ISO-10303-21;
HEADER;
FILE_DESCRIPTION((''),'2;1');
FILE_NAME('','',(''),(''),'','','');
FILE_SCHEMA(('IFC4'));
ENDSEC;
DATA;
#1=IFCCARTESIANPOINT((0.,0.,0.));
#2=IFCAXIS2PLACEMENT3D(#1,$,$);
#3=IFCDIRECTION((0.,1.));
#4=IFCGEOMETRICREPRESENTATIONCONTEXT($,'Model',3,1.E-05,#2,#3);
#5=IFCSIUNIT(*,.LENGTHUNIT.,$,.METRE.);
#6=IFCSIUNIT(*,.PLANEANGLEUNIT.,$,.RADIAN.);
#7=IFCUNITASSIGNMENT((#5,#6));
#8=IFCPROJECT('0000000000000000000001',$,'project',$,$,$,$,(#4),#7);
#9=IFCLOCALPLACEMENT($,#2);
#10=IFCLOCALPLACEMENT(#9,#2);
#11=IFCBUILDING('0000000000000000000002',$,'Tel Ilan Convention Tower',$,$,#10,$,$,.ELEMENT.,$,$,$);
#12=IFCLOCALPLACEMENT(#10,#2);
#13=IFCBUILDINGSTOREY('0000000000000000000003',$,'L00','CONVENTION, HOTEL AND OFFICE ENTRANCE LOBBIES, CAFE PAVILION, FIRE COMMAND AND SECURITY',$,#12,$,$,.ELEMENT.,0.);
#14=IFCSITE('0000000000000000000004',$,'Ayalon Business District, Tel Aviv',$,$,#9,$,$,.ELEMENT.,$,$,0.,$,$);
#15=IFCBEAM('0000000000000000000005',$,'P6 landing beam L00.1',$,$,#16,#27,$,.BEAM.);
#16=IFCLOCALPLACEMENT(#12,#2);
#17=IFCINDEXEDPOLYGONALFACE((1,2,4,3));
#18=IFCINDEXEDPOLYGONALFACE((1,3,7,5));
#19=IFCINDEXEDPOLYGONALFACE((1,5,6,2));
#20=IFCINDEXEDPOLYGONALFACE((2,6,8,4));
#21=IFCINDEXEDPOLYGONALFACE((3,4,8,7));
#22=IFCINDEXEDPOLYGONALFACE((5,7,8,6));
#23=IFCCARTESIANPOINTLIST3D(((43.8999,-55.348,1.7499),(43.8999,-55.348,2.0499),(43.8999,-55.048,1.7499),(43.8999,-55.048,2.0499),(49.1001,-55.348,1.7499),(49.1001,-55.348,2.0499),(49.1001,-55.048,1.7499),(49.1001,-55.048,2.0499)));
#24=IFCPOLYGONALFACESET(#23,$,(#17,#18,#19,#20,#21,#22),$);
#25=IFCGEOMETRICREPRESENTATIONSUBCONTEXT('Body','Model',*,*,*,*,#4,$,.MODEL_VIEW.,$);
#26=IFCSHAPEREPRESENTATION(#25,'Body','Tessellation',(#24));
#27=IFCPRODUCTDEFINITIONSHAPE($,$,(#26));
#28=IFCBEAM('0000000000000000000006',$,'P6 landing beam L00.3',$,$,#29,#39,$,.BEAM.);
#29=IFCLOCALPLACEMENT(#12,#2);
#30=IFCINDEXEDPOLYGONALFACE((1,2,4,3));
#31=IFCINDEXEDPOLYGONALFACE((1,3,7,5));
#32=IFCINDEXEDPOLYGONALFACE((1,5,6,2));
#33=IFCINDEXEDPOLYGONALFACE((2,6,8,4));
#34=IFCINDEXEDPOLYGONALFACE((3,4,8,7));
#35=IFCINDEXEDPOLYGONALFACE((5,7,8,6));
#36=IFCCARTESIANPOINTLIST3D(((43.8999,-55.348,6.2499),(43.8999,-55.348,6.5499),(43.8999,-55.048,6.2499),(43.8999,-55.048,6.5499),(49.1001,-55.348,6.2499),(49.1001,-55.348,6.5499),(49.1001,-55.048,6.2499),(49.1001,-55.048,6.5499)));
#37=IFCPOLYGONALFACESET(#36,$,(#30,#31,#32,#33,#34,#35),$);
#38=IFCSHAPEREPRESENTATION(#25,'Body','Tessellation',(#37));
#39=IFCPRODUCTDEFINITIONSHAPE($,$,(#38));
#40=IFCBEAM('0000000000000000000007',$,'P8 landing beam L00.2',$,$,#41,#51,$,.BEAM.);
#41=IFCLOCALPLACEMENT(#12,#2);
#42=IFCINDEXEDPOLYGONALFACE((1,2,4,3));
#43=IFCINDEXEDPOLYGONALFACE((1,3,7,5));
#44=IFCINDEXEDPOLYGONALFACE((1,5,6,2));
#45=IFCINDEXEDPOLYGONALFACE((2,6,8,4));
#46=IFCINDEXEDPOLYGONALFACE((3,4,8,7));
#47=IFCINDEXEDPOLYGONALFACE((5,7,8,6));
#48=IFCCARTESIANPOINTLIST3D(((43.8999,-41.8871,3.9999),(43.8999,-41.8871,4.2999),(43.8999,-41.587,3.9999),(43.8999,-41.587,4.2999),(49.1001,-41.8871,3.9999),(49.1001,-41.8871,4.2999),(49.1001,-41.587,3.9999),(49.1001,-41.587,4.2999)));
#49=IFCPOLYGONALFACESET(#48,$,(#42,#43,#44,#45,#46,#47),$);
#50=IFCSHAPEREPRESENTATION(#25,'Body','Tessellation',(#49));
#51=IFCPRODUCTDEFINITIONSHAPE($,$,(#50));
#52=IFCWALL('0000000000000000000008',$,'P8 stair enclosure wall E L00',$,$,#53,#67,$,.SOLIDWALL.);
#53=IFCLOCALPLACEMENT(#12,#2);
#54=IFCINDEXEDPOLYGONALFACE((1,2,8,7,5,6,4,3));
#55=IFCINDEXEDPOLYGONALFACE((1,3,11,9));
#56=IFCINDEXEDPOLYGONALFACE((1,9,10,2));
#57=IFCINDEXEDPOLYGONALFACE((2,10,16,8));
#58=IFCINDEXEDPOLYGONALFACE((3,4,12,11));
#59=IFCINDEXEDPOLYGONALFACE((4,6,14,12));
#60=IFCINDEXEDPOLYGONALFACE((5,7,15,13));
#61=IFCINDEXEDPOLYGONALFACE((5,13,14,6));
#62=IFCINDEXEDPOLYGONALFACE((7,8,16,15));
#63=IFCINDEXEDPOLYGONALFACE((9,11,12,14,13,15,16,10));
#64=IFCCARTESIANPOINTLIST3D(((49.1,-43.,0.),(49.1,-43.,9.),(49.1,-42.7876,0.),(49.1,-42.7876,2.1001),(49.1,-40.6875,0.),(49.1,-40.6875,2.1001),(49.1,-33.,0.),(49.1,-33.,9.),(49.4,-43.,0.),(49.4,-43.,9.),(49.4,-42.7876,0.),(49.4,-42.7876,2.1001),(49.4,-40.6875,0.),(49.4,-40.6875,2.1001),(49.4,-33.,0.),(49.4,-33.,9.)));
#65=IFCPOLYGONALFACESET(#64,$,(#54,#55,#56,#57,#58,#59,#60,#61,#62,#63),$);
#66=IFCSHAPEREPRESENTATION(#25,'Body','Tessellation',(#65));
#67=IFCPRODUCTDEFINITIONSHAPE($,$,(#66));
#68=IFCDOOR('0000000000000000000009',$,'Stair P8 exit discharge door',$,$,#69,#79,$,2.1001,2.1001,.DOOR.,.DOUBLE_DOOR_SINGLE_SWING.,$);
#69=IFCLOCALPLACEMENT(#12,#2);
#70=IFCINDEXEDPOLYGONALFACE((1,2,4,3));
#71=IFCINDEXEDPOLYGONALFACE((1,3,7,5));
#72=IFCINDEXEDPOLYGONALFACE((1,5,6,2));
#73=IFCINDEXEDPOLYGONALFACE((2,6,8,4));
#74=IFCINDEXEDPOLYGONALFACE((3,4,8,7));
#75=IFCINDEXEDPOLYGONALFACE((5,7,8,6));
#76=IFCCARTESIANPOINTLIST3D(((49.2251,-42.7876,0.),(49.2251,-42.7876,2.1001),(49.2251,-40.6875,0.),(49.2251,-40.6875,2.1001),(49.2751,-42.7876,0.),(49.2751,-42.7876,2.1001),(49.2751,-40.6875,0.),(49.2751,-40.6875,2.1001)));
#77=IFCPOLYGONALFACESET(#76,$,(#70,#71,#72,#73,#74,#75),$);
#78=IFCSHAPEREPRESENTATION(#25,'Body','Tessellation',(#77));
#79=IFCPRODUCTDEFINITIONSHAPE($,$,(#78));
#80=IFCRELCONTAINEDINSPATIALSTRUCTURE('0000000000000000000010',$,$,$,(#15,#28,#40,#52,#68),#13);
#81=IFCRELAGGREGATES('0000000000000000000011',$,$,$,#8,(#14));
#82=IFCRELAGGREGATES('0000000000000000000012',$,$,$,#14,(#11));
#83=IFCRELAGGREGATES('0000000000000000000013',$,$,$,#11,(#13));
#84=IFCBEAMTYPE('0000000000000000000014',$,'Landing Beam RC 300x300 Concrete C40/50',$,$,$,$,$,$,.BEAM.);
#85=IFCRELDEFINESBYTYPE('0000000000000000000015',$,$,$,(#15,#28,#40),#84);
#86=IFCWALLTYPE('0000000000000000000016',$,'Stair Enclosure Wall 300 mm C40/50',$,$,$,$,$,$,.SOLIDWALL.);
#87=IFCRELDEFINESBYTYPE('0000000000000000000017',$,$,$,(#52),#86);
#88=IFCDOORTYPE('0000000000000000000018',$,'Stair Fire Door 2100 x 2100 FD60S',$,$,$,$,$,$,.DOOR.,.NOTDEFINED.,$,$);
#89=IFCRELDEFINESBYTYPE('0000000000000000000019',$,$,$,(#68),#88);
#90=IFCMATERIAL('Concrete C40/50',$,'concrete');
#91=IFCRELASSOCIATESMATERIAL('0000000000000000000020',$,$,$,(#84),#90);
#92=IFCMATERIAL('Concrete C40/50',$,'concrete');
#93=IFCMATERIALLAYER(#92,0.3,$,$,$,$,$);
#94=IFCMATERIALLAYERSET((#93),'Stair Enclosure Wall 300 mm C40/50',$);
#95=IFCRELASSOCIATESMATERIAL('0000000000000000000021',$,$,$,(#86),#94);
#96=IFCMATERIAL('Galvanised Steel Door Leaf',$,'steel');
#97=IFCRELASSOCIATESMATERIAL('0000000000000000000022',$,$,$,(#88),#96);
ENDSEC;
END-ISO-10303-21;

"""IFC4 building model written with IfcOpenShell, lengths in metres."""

from ifc_helpers import new_model, si_unit, direction, frame, frame_2d, origin, origin_2d, place, context, subcontext, project, spatial, rectangle, extrude, material, layer, layer_set, material_profile, profile_set, type_object, element, fill, save


model = new_model("IFC4")

# Units and contexts
model_context = context("Model", 3, precision=1e-05, world=origin(), true_north=direction((0.0, 1.0)))
body_context = subcontext(model_context, "Body", "Model", "MODEL_VIEW")
ifc_project = project(units=[si_unit("LENGTHUNIT", "METRE"), si_unit("PLANEANGLEUNIT", "RADIAN")], contexts=[model_context])

# Site, building, storey
site_placement = place(None, origin())
site = spatial("IfcSite", under=ifc_project, at=site_placement, Name="Ayalon Business District, Tel Aviv", CompositionType="ELEMENT", RefElevation=0.0)
building_placement = place(site_placement, origin())
building = spatial("IfcBuilding", under=site, at=building_placement, Name="Tel Ilan Convention Tower", CompositionType="ELEMENT")
storey_placement = place(building_placement, origin())
storey = spatial("IfcBuildingStorey", under=building, at=storey_placement, Name="L00", Description="CONVENTION, HOTEL AND OFFICE ENTRANCE LOBBIES, CAFE PAVILION, FIRE COMMAND AND SECURITY", CompositionType="ELEMENT", Elevation=0.0)

# Beams
ifc_material_1 = material(Name="Concrete C40/50", Category="concrete")
ifc_material_profile = material_profile(ifc_material_1, rectangle(XDim=0.3, YDim=0.3, at=origin_2d()), Name="RC 300x300")
ifc_profile_set = profile_set([ifc_material_profile], Name="Concrete C40/50")
beam_type = type_object("IfcBeamType", Name="Landing Beam RC 300x300 Concrete C40/50", PredefinedType="BEAM", material=ifc_profile_set)
for number, where, z_axis, x_axis, name in (
    (1, (49.1001, -55.198, 1.8999), (-1.0, 0.0, 0.0), (0.0, -1.0, 0.0), "P6 landing beam L00.1"),
    (2, (49.1001, -55.198, 6.3999), (-1.0, 0.0, 0.0), (0.0, -1.0, 0.0), "P6 landing beam L00.3"),
    (3, (49.1001, -41.7371, 4.1499), (-1.0, 0.0, 0.0), (0.0, -1.0, 0.0), "P8 landing beam L00.2"),
):
    element("IfcBeam", number, at=place(storey_placement, frame(where, z_axis=z_axis, x_axis=x_axis)), inside=storey, type_object=beam_type, Name=name, PredefinedType="BEAM", context=body_context, shape_type="SweptSolid", body=[
        extrude(rectangle(XDim=0.3, YDim=0.3, at=origin_2d()), origin(), (0.0, 0.0, 1.0), 5.2002),
    ])

# Wall, opening, door
ifc_material_2 = material(Name="Concrete C40/50", Category="concrete")
ifc_layer = layer(ifc_material_2, 0.3)
ifc_layer_set = layer_set([ifc_layer], Name="Stair Enclosure Wall 300 mm C40/50")
wall_type = type_object("IfcWallType", Name="Stair Enclosure Wall 300 mm C40/50", PredefinedType="SOLIDWALL", material=ifc_layer_set)
wall_placement = place(storey_placement, frame((49.25, -43.0, 0.0), z_axis=(0.0, 0.0, 1.0), x_axis=(0.0, 1.0, 0.0)))
wall = element("IfcWall", 4, at=wall_placement, inside=storey, type_object=wall_type, Name="P8 stair enclosure wall E L00", PredefinedType="SOLIDWALL", context=body_context, shape_type="SweptSolid", body=[
    extrude(rectangle(XDim=10.0, YDim=0.3, at=frame_2d((5.0, 0.0))), origin(), (0.0, 0.0, 1.0), 9.0),
])
opening_placement = place(wall_placement, frame((0.2124, 0.0, 0.0)))
opening = element("IfcOpeningElement", 5, at=opening_placement, cuts=wall, PredefinedType="OPENING", context=body_context, shape_type="SweptSolid", body=[
    extrude(rectangle(XDim=2.1001, YDim=2.1001, at=frame_2d((1.05, 1.05))), frame((0.0, 0.1599, 0.0), z_axis=(0.0, -1.0, 0.0), x_axis=(1.0, 0.0, 0.0)), (0.0, 0.0, 1.0), 0.3201),
])
ifc_material_3 = material(Name="Galvanised Steel Door Leaf", Category="steel")
door_type = type_object("IfcDoorType", Name="Stair Fire Door 2100 x 2100 FD60S", OperationType="NOTDEFINED", PredefinedType="DOOR", material=ifc_material_3)
door_placement = place(opening_placement, origin())
door = element("IfcDoor", 6, at=door_placement, inside=storey, type_object=door_type, Name="Stair P8 exit discharge door", OperationType="DOUBLE_DOOR_SINGLE_SWING", OverallHeight=2.1001, OverallWidth=2.1001, PredefinedType="DOOR", context=body_context, shape_type="SweptSolid", body=[
    extrude(rectangle(XDim=2.1001, YDim=2.1001, at=frame_2d((1.05, 1.05))), frame((0.0, 0.0249, 0.0), z_axis=(0.0, -1.0, 0.0), x_axis=(1.0, 0.0, 0.0)), (0.0, 0.0, 1.0), 0.05),
])
fill(opening, door)

save(model, "model.ifc")
